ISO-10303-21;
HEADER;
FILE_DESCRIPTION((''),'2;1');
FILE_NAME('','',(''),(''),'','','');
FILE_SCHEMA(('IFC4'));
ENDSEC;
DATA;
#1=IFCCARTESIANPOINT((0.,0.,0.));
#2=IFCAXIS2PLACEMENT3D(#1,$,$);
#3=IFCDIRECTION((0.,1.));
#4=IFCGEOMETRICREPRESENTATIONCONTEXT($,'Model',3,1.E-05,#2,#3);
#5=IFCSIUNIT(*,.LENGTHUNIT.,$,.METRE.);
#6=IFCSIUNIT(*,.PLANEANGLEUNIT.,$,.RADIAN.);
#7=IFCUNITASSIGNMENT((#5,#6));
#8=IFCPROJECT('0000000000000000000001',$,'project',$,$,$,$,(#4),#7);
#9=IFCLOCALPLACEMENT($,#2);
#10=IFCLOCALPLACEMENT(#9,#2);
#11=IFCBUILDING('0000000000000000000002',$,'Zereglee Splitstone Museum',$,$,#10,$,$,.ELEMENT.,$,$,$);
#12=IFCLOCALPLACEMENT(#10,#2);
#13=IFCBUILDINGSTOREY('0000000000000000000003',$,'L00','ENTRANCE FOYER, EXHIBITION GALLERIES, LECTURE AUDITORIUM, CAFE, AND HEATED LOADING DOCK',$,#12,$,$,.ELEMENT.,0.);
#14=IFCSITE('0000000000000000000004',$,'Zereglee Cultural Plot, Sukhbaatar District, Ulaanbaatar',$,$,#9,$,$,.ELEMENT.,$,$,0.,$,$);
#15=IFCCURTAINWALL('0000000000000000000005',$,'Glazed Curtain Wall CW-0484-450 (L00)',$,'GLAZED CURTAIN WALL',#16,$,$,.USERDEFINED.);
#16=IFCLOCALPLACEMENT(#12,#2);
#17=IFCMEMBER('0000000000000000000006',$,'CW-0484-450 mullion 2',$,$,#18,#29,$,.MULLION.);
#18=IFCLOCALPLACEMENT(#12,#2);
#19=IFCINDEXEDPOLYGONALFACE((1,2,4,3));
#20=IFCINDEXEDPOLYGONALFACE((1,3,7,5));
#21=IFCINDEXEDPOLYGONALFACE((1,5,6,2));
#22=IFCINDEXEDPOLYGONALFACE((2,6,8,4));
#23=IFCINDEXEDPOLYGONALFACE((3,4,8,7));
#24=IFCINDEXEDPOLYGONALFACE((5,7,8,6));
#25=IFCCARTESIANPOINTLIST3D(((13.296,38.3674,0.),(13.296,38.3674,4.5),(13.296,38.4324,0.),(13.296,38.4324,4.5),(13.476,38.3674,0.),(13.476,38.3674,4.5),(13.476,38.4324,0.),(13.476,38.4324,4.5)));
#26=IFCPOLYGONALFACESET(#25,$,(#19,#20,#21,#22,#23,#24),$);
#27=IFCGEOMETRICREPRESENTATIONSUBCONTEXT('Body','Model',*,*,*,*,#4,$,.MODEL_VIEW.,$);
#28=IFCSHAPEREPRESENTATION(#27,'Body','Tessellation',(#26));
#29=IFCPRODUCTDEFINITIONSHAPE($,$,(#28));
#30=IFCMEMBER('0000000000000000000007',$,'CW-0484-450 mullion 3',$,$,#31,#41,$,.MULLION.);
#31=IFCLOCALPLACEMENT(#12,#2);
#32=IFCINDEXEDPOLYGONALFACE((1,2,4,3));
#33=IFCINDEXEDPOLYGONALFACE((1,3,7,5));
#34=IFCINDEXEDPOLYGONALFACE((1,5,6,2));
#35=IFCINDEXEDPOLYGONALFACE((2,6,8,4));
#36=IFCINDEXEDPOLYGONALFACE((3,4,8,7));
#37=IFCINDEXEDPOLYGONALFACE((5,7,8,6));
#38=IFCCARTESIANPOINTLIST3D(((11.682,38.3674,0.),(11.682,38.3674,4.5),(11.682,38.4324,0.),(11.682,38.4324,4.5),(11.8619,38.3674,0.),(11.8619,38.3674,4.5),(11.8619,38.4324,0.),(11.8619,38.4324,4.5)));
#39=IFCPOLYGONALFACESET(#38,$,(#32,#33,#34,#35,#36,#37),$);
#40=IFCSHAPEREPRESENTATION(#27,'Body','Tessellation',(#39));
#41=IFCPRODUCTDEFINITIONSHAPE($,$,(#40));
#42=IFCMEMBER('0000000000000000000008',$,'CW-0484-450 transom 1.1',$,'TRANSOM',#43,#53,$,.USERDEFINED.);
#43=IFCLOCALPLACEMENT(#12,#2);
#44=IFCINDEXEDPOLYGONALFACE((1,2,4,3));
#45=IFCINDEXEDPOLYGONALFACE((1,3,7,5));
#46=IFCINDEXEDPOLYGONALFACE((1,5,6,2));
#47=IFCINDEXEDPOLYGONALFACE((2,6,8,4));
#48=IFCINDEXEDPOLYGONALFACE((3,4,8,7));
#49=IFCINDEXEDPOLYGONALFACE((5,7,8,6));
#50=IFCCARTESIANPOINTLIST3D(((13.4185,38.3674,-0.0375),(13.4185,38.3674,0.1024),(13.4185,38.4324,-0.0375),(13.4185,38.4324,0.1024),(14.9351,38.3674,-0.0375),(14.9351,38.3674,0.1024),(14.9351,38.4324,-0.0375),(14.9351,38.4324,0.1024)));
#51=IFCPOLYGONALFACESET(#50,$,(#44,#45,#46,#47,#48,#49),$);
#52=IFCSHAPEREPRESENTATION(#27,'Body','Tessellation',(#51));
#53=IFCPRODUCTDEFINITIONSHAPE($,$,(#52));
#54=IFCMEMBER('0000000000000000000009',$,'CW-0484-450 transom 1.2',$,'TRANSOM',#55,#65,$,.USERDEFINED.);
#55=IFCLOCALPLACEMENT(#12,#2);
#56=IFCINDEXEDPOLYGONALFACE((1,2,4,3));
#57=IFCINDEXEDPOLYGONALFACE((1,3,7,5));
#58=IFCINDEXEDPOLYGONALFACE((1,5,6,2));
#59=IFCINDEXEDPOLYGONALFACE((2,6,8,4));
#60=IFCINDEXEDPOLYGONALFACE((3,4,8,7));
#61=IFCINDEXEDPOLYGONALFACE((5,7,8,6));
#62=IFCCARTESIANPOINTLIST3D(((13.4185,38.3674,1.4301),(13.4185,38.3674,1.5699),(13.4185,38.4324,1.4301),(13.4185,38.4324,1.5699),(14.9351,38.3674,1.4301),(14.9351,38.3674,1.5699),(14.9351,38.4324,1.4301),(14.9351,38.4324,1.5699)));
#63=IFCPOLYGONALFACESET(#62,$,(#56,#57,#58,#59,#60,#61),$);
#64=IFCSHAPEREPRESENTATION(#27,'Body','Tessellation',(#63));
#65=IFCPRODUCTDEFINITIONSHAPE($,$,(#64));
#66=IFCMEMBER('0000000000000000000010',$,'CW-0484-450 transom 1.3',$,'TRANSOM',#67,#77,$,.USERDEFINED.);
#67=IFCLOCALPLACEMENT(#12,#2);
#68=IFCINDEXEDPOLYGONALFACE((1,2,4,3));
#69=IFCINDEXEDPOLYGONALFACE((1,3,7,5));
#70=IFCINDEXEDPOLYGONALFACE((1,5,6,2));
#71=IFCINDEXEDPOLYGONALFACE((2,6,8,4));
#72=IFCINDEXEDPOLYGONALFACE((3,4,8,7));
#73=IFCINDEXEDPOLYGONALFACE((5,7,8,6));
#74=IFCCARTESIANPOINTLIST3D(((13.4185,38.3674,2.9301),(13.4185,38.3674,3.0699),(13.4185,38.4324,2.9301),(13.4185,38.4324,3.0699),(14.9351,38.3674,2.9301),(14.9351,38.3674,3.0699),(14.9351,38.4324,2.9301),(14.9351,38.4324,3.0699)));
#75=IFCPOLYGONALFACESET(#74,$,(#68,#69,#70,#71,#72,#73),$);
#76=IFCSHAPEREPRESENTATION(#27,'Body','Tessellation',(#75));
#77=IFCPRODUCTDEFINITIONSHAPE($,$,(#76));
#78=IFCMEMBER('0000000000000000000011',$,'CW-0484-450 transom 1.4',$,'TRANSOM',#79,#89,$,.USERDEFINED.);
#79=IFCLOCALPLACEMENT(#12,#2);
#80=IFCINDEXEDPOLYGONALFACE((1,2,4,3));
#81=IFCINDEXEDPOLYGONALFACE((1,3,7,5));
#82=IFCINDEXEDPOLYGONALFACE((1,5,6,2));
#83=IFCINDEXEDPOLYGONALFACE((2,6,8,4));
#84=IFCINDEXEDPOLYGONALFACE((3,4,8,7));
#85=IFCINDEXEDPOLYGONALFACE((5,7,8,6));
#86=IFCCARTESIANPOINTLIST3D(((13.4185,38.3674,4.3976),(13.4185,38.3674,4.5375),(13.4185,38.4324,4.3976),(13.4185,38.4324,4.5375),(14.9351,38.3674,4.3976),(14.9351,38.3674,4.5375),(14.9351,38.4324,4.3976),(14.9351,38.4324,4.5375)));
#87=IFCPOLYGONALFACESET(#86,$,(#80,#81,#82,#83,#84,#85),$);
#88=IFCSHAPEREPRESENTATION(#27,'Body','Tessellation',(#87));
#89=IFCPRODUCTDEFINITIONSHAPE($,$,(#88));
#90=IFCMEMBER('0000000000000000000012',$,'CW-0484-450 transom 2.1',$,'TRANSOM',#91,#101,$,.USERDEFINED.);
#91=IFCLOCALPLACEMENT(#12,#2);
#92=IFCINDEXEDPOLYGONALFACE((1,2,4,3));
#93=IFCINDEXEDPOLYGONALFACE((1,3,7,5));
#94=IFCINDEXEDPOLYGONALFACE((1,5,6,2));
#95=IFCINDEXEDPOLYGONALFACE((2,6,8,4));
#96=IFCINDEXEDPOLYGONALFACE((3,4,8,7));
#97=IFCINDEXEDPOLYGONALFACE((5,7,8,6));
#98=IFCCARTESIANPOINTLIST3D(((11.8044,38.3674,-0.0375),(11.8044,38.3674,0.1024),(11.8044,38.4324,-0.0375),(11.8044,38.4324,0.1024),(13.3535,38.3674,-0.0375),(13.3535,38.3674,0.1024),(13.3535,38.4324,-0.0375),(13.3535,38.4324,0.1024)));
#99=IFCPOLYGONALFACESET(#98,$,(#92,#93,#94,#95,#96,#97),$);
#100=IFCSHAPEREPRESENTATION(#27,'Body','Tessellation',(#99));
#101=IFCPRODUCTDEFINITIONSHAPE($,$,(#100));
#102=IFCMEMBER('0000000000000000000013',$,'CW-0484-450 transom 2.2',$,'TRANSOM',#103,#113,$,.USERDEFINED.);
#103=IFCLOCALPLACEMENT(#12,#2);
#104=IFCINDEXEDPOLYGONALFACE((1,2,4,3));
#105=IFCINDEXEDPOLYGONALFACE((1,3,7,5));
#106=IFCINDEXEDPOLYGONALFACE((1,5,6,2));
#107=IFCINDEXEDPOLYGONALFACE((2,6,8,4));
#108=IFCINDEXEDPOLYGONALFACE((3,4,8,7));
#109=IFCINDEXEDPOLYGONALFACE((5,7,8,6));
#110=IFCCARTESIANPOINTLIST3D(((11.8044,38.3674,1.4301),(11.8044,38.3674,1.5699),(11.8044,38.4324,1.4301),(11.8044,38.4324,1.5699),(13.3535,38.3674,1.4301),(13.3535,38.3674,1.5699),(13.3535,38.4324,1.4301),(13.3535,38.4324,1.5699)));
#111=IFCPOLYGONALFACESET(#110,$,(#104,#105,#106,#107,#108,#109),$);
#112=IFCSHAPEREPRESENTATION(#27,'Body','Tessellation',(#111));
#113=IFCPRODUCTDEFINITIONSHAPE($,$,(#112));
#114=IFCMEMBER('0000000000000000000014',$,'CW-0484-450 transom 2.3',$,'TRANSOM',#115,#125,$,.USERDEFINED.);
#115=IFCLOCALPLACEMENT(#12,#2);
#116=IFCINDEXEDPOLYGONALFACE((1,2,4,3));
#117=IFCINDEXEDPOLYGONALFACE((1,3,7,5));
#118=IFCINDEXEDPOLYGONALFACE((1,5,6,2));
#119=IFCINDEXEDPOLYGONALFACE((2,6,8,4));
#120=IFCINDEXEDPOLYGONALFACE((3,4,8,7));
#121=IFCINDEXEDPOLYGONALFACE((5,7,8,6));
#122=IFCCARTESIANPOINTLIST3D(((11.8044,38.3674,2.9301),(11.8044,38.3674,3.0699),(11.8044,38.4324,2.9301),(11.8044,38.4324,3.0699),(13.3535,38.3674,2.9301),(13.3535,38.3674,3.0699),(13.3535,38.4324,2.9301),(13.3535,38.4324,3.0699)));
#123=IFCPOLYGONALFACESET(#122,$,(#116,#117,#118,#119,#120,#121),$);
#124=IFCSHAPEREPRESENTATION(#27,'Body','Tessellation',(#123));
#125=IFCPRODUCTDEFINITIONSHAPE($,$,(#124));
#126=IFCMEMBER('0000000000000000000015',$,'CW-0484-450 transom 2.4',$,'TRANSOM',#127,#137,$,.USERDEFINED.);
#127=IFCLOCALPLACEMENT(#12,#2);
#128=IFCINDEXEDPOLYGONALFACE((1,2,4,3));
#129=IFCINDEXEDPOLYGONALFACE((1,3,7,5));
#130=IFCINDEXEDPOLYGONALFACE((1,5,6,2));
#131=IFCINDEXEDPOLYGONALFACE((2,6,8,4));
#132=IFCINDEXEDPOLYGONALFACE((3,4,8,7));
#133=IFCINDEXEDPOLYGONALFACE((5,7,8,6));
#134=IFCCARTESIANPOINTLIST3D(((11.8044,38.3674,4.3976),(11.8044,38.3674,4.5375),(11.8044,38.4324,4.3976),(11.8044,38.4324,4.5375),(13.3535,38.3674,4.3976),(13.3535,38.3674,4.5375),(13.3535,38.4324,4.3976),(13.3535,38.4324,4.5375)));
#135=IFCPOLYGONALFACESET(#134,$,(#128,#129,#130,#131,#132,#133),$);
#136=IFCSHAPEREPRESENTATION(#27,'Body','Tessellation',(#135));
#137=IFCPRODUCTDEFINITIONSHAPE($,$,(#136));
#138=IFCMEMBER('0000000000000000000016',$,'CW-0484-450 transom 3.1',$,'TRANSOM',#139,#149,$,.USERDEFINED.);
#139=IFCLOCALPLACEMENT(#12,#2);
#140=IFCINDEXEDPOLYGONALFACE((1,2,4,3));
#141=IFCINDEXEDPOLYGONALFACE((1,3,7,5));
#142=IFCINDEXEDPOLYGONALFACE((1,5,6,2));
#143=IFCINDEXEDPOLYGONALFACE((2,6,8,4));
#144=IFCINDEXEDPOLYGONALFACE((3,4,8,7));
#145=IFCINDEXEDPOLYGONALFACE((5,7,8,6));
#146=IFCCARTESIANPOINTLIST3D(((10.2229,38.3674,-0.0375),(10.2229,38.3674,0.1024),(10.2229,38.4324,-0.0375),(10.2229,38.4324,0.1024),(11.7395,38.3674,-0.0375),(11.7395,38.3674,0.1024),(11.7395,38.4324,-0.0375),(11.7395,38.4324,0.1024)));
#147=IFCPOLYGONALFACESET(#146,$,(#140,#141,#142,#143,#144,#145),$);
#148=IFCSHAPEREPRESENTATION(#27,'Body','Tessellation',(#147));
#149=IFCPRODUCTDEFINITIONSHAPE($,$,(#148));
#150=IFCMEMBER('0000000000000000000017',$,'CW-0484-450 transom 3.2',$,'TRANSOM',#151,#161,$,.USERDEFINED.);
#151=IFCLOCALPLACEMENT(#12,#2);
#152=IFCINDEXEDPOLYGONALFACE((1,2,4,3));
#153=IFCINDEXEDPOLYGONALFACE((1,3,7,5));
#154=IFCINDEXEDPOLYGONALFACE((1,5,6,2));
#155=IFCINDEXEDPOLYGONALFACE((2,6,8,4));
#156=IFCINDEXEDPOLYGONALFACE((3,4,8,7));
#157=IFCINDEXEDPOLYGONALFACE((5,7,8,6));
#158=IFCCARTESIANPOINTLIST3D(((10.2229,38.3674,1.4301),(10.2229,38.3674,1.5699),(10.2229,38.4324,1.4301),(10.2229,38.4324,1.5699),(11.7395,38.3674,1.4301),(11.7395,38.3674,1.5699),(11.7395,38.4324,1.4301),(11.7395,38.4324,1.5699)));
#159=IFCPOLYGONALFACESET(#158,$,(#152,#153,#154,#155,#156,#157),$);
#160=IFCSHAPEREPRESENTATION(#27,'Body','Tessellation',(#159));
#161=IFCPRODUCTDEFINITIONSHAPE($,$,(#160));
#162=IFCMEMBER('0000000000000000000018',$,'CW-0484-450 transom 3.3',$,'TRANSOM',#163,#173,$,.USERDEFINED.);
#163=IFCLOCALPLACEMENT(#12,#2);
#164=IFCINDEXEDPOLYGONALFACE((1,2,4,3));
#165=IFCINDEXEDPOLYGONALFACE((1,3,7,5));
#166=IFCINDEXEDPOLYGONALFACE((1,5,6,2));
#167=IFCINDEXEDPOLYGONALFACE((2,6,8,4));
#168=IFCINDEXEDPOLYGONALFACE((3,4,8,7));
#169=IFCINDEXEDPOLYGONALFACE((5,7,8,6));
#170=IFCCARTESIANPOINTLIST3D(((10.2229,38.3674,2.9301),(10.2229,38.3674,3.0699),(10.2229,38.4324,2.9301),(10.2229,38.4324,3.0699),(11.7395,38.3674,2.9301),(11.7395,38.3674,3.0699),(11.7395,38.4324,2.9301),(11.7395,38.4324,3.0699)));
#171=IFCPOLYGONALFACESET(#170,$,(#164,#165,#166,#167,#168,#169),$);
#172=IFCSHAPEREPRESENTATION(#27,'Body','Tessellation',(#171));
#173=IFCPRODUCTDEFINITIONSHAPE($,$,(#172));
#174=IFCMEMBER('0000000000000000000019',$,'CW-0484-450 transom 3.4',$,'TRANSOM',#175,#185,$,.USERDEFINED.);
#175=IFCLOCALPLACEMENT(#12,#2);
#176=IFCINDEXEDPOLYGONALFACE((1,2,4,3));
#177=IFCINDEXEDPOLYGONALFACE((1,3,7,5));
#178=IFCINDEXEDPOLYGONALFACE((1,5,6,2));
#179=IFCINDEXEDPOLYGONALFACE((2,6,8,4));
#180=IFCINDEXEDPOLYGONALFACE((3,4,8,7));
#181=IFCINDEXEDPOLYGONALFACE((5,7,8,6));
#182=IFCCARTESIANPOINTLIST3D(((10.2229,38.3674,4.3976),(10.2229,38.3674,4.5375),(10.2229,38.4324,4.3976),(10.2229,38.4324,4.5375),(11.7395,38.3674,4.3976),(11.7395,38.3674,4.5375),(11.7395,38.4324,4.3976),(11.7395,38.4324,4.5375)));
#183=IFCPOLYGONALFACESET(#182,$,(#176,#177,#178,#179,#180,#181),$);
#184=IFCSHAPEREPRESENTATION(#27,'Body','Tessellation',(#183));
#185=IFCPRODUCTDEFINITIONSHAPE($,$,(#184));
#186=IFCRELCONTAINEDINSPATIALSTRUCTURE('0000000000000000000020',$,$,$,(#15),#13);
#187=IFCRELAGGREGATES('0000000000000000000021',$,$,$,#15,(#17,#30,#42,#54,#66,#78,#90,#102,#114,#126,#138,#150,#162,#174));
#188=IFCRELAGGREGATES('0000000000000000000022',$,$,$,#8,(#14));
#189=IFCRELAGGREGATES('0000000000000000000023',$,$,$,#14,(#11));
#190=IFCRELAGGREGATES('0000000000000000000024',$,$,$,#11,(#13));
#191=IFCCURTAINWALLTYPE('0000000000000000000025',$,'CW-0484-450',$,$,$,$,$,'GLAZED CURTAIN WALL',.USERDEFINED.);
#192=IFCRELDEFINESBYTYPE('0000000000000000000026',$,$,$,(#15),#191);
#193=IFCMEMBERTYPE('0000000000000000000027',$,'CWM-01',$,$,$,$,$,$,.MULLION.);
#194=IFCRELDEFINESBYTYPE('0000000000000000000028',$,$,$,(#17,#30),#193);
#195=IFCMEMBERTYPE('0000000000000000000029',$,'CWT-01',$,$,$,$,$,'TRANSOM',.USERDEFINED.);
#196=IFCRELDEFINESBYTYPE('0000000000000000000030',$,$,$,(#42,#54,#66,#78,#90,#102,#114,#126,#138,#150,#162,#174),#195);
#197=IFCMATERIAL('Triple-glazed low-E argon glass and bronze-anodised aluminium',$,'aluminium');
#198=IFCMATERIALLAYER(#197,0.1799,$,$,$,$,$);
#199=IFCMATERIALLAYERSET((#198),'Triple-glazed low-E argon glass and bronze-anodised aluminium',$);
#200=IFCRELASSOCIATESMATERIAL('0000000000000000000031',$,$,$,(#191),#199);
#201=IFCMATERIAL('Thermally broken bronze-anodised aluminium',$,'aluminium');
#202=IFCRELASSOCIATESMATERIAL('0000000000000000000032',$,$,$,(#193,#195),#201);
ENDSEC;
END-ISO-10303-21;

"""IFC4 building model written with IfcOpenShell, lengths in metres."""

from ifc_helpers import new_model, si_unit, direction, frame, origin, origin_2d, place, context, subcontext, project, spatial, rectangle, extrude, material, layer, layer_set, material_profile, profile_set, type_object, element, aggregate, save


model = new_model("IFC4")

# Units and contexts
model_context = context("Model", 3, precision=1e-05, world=origin(), true_north=direction((0.0, 1.0)))
body_context = subcontext(model_context, "Body", "Model", "MODEL_VIEW")
ifc_project = project(units=[si_unit("LENGTHUNIT", "METRE"), si_unit("PLANEANGLEUNIT", "RADIAN")], contexts=[model_context])

# Site, building, storey
site_placement = place(None, origin())
site = spatial("IfcSite", under=ifc_project, at=site_placement, Name="Zereglee Cultural Plot, Sukhbaatar District, Ulaanbaatar", CompositionType="ELEMENT", RefElevation=0.0)
building_placement = place(site_placement, origin())
building = spatial("IfcBuilding", under=site, at=building_placement, Name="Zereglee Splitstone Museum", CompositionType="ELEMENT")
storey_placement = place(building_placement, origin())
storey = spatial("IfcBuildingStorey", under=building, at=storey_placement, Name="L00", Description="ENTRANCE FOYER, EXHIBITION GALLERIES, LECTURE AUDITORIUM, CAFE, AND HEATED LOADING DOCK", CompositionType="ELEMENT", Elevation=0.0)

# Curtain wall, members
ifc_material_1 = material(Name="Triple-glazed low-E argon glass and bronze-anodised aluminium", Category="aluminium")
ifc_layer_1 = layer(ifc_material_1, 0.1799)
ifc_layer_set_1 = layer_set([ifc_layer_1], Name="Triple-glazed low-E argon glass and bronze-anodised aluminium")
curtain_wall_type = type_object("IfcCurtainWallType", Name="CW-0484-450", ElementType="GLAZED CURTAIN WALL", PredefinedType="USERDEFINED", material=ifc_layer_set_1)
curtain_wall_placement = place(storey_placement, origin())
curtain_wall = element("IfcCurtainWall", 1, at=curtain_wall_placement, inside=storey, type_object=curtain_wall_type, Name="Glazed Curtain Wall CW-0484-450 (L00)", ObjectType="GLAZED CURTAIN WALL", PredefinedType="USERDEFINED")
ifc_material_2 = material(Name="Thermally broken bronze-anodised aluminium", Category="aluminium")
ifc_material_profile_1 = material_profile(ifc_material_2, rectangle(XDim=0.0649, YDim=0.1799, at=origin_2d()), Name="CW MULL 65x180")
ifc_profile_set_1 = profile_set([ifc_material_profile_1], Name="Thermally broken bronze-anodised aluminium")
member_type_1 = type_object("IfcMemberType", Name="CWM-01", PredefinedType="MULLION", material=ifc_profile_set_1)
member_1_placement = place(storey_placement, frame((13.386, 38.3999, 0.0), z_axis=(0.0, 0.0, 1.0), x_axis=(0.0, -1.0, 0.0)))
member_1 = element("IfcMember", 2, at=member_1_placement, type_object=member_type_1, Name="CW-0484-450 mullion 2", PredefinedType="MULLION", context=body_context, shape_type="SweptSolid", body=[
    extrude(rectangle(XDim=0.0649, YDim=0.1799, at=origin_2d()), origin(), (0.0, 0.0, 1.0), 4.5),
])
member_2_placement = place(storey_placement, frame((11.772, 38.3999, 0.0), z_axis=(0.0, 0.0, 1.0), x_axis=(0.0, -1.0, 0.0)))
member_2 = element("IfcMember", 3, at=member_2_placement, type_object=member_type_1, Name="CW-0484-450 mullion 3", PredefinedType="MULLION", context=body_context, shape_type="SweptSolid", body=[
    extrude(rectangle(XDim=0.0649, YDim=0.1799, at=origin_2d()), origin(), (0.0, 0.0, 1.0), 4.5),
])
ifc_material_profile_2 = material_profile(ifc_material_2, rectangle(XDim=0.0649, YDim=0.1399, at=origin_2d()), Name="CW TRAN 65x140")
ifc_profile_set_2 = profile_set([ifc_material_profile_2], Name="Thermally broken bronze-anodised aluminium")
member_type_2 = type_object("IfcMemberType", Name="CWT-01", ElementType="TRANSOM", PredefinedType="USERDEFINED", material=ifc_profile_set_2)
member_3_placement = place(storey_placement, frame((14.9351, 38.3999, 0.0325), z_axis=(-1.0, 0.0, 0.0), x_axis=(0.0, -1.0, 0.0)))
member_3 = element("IfcMember", 4, at=member_3_placement, type_object=member_type_2, Name="CW-0484-450 transom 1.1", ObjectType="TRANSOM", PredefinedType="USERDEFINED", context=body_context, shape_type="SweptSolid", body=[
    extrude(rectangle(XDim=0.0649, YDim=0.1399, at=origin_2d()), origin(), (0.0, 0.0, 1.0), 1.5166),
])
member_4_placement = place(storey_placement, frame((14.9351, 38.3999, 1.5), z_axis=(-1.0, 0.0, 0.0), x_axis=(0.0, -1.0, 0.0)))
member_4 = element("IfcMember", 5, at=member_4_placement, type_object=member_type_2, Name="CW-0484-450 transom 1.2", ObjectType="TRANSOM", PredefinedType="USERDEFINED", context=body_context, shape_type="SweptSolid", body=[
    extrude(rectangle(XDim=0.0649, YDim=0.1399, at=origin_2d()), origin(), (0.0, 0.0, 1.0), 1.5166),
])
member_5_placement = place(storey_placement, frame((14.9351, 38.3999, 3.0), z_axis=(-1.0, 0.0, 0.0), x_axis=(0.0, -1.0, 0.0)))
member_5 = element("IfcMember", 6, at=member_5_placement, type_object=member_type_2, Name="CW-0484-450 transom 1.3", ObjectType="TRANSOM", PredefinedType="USERDEFINED", context=body_context, shape_type="SweptSolid", body=[
    extrude(rectangle(XDim=0.0649, YDim=0.1399, at=origin_2d()), origin(), (0.0, 0.0, 1.0), 1.5166),
])
member_6_placement = place(storey_placement, frame((14.9351, 38.3999, 4.4675), z_axis=(-1.0, 0.0, 0.0), x_axis=(0.0, -1.0, 0.0)))
member_6 = element("IfcMember", 7, at=member_6_placement, type_object=member_type_2, Name="CW-0484-450 transom 1.4", ObjectType="TRANSOM", PredefinedType="USERDEFINED", context=body_context, shape_type="SweptSolid", body=[
    extrude(rectangle(XDim=0.0649, YDim=0.1399, at=origin_2d()), origin(), (0.0, 0.0, 1.0), 1.5166),
])
member_7_placement = place(storey_placement, frame((13.3535, 38.3999, 0.0325), z_axis=(-1.0, 0.0, 0.0), x_axis=(0.0, -1.0, 0.0)))
member_7 = element("IfcMember", 8, at=member_7_placement, type_object=member_type_2, Name="CW-0484-450 transom 2.1", ObjectType="TRANSOM", PredefinedType="USERDEFINED", context=body_context, shape_type="SweptSolid", body=[
    extrude(rectangle(XDim=0.0649, YDim=0.1399, at=origin_2d()), origin(), (0.0, 0.0, 1.0), 1.5491),
])
member_8_placement = place(storey_placement, frame((13.3535, 38.3999, 1.5), z_axis=(-1.0, 0.0, 0.0), x_axis=(0.0, -1.0, 0.0)))
member_8 = element("IfcMember", 9, at=member_8_placement, type_object=member_type_2, Name="CW-0484-450 transom 2.2", ObjectType="TRANSOM", PredefinedType="USERDEFINED", context=body_context, shape_type="SweptSolid", body=[
    extrude(rectangle(XDim=0.0649, YDim=0.1399, at=origin_2d()), origin(), (0.0, 0.0, 1.0), 1.5491),
])
member_9_placement = place(storey_placement, frame((13.3535, 38.3999, 3.0), z_axis=(-1.0, 0.0, 0.0), x_axis=(0.0, -1.0, 0.0)))
member_9 = element("IfcMember", 10, at=member_9_placement, type_object=member_type_2, Name="CW-0484-450 transom 2.3", ObjectType="TRANSOM", PredefinedType="USERDEFINED", context=body_context, shape_type="SweptSolid", body=[
    extrude(rectangle(XDim=0.0649, YDim=0.1399, at=origin_2d()), origin(), (0.0, 0.0, 1.0), 1.5491),
])
member_10_placement = place(storey_placement, frame((13.3535, 38.3999, 4.4675), z_axis=(-1.0, 0.0, 0.0), x_axis=(0.0, -1.0, 0.0)))
member_10 = element("IfcMember", 11, at=member_10_placement, type_object=member_type_2, Name="CW-0484-450 transom 2.4", ObjectType="TRANSOM", PredefinedType="USERDEFINED", context=body_context, shape_type="SweptSolid", body=[
    extrude(rectangle(XDim=0.0649, YDim=0.1399, at=origin_2d()), origin(), (0.0, 0.0, 1.0), 1.5491),
])
member_11_placement = place(storey_placement, frame((11.7395, 38.3999, 0.0325), z_axis=(-1.0, 0.0, 0.0), x_axis=(0.0, -1.0, 0.0)))
member_11 = element("IfcMember", 12, at=member_11_placement, type_object=member_type_2, Name="CW-0484-450 transom 3.1", ObjectType="TRANSOM", PredefinedType="USERDEFINED", context=body_context, shape_type="SweptSolid", body=[
    extrude(rectangle(XDim=0.0649, YDim=0.1399, at=origin_2d()), origin(), (0.0, 0.0, 1.0), 1.5166),
])
member_12_placement = place(storey_placement, frame((11.7395, 38.3999, 1.5), z_axis=(-1.0, 0.0, 0.0), x_axis=(0.0, -1.0, 0.0)))
member_12 = element("IfcMember", 13, at=member_12_placement, type_object=member_type_2, Name="CW-0484-450 transom 3.2", ObjectType="TRANSOM", PredefinedType="USERDEFINED", context=body_context, shape_type="SweptSolid", body=[
    extrude(rectangle(XDim=0.0649, YDim=0.1399, at=origin_2d()), origin(), (0.0, 0.0, 1.0), 1.5166),
])
member_13_placement = place(storey_placement, frame((11.7395, 38.3999, 3.0), z_axis=(-1.0, 0.0, 0.0), x_axis=(0.0, -1.0, 0.0)))
member_13 = element("IfcMember", 14, at=member_13_placement, type_object=member_type_2, Name="CW-0484-450 transom 3.3", ObjectType="TRANSOM", PredefinedType="USERDEFINED", context=body_context, shape_type="SweptSolid", body=[
    extrude(rectangle(XDim=0.0649, YDim=0.1399, at=origin_2d()), origin(), (0.0, 0.0, 1.0), 1.5166),
])
member_14_placement = place(storey_placement, frame((11.7395, 38.3999, 4.4675), z_axis=(-1.0, 0.0, 0.0), x_axis=(0.0, -1.0, 0.0)))
member_14 = element("IfcMember", 15, at=member_14_placement, type_object=member_type_2, Name="CW-0484-450 transom 3.4", ObjectType="TRANSOM", PredefinedType="USERDEFINED", context=body_context, shape_type="SweptSolid", body=[
    extrude(rectangle(XDim=0.0649, YDim=0.1399, at=origin_2d()), origin(), (0.0, 0.0, 1.0), 1.5166),
])
aggregate(curtain_wall, [member_1, member_2, member_3, member_4, member_5, member_6, member_7, member_8, member_9, member_10, member_11, member_12, member_13, member_14])

save(model, "model.ifc")
